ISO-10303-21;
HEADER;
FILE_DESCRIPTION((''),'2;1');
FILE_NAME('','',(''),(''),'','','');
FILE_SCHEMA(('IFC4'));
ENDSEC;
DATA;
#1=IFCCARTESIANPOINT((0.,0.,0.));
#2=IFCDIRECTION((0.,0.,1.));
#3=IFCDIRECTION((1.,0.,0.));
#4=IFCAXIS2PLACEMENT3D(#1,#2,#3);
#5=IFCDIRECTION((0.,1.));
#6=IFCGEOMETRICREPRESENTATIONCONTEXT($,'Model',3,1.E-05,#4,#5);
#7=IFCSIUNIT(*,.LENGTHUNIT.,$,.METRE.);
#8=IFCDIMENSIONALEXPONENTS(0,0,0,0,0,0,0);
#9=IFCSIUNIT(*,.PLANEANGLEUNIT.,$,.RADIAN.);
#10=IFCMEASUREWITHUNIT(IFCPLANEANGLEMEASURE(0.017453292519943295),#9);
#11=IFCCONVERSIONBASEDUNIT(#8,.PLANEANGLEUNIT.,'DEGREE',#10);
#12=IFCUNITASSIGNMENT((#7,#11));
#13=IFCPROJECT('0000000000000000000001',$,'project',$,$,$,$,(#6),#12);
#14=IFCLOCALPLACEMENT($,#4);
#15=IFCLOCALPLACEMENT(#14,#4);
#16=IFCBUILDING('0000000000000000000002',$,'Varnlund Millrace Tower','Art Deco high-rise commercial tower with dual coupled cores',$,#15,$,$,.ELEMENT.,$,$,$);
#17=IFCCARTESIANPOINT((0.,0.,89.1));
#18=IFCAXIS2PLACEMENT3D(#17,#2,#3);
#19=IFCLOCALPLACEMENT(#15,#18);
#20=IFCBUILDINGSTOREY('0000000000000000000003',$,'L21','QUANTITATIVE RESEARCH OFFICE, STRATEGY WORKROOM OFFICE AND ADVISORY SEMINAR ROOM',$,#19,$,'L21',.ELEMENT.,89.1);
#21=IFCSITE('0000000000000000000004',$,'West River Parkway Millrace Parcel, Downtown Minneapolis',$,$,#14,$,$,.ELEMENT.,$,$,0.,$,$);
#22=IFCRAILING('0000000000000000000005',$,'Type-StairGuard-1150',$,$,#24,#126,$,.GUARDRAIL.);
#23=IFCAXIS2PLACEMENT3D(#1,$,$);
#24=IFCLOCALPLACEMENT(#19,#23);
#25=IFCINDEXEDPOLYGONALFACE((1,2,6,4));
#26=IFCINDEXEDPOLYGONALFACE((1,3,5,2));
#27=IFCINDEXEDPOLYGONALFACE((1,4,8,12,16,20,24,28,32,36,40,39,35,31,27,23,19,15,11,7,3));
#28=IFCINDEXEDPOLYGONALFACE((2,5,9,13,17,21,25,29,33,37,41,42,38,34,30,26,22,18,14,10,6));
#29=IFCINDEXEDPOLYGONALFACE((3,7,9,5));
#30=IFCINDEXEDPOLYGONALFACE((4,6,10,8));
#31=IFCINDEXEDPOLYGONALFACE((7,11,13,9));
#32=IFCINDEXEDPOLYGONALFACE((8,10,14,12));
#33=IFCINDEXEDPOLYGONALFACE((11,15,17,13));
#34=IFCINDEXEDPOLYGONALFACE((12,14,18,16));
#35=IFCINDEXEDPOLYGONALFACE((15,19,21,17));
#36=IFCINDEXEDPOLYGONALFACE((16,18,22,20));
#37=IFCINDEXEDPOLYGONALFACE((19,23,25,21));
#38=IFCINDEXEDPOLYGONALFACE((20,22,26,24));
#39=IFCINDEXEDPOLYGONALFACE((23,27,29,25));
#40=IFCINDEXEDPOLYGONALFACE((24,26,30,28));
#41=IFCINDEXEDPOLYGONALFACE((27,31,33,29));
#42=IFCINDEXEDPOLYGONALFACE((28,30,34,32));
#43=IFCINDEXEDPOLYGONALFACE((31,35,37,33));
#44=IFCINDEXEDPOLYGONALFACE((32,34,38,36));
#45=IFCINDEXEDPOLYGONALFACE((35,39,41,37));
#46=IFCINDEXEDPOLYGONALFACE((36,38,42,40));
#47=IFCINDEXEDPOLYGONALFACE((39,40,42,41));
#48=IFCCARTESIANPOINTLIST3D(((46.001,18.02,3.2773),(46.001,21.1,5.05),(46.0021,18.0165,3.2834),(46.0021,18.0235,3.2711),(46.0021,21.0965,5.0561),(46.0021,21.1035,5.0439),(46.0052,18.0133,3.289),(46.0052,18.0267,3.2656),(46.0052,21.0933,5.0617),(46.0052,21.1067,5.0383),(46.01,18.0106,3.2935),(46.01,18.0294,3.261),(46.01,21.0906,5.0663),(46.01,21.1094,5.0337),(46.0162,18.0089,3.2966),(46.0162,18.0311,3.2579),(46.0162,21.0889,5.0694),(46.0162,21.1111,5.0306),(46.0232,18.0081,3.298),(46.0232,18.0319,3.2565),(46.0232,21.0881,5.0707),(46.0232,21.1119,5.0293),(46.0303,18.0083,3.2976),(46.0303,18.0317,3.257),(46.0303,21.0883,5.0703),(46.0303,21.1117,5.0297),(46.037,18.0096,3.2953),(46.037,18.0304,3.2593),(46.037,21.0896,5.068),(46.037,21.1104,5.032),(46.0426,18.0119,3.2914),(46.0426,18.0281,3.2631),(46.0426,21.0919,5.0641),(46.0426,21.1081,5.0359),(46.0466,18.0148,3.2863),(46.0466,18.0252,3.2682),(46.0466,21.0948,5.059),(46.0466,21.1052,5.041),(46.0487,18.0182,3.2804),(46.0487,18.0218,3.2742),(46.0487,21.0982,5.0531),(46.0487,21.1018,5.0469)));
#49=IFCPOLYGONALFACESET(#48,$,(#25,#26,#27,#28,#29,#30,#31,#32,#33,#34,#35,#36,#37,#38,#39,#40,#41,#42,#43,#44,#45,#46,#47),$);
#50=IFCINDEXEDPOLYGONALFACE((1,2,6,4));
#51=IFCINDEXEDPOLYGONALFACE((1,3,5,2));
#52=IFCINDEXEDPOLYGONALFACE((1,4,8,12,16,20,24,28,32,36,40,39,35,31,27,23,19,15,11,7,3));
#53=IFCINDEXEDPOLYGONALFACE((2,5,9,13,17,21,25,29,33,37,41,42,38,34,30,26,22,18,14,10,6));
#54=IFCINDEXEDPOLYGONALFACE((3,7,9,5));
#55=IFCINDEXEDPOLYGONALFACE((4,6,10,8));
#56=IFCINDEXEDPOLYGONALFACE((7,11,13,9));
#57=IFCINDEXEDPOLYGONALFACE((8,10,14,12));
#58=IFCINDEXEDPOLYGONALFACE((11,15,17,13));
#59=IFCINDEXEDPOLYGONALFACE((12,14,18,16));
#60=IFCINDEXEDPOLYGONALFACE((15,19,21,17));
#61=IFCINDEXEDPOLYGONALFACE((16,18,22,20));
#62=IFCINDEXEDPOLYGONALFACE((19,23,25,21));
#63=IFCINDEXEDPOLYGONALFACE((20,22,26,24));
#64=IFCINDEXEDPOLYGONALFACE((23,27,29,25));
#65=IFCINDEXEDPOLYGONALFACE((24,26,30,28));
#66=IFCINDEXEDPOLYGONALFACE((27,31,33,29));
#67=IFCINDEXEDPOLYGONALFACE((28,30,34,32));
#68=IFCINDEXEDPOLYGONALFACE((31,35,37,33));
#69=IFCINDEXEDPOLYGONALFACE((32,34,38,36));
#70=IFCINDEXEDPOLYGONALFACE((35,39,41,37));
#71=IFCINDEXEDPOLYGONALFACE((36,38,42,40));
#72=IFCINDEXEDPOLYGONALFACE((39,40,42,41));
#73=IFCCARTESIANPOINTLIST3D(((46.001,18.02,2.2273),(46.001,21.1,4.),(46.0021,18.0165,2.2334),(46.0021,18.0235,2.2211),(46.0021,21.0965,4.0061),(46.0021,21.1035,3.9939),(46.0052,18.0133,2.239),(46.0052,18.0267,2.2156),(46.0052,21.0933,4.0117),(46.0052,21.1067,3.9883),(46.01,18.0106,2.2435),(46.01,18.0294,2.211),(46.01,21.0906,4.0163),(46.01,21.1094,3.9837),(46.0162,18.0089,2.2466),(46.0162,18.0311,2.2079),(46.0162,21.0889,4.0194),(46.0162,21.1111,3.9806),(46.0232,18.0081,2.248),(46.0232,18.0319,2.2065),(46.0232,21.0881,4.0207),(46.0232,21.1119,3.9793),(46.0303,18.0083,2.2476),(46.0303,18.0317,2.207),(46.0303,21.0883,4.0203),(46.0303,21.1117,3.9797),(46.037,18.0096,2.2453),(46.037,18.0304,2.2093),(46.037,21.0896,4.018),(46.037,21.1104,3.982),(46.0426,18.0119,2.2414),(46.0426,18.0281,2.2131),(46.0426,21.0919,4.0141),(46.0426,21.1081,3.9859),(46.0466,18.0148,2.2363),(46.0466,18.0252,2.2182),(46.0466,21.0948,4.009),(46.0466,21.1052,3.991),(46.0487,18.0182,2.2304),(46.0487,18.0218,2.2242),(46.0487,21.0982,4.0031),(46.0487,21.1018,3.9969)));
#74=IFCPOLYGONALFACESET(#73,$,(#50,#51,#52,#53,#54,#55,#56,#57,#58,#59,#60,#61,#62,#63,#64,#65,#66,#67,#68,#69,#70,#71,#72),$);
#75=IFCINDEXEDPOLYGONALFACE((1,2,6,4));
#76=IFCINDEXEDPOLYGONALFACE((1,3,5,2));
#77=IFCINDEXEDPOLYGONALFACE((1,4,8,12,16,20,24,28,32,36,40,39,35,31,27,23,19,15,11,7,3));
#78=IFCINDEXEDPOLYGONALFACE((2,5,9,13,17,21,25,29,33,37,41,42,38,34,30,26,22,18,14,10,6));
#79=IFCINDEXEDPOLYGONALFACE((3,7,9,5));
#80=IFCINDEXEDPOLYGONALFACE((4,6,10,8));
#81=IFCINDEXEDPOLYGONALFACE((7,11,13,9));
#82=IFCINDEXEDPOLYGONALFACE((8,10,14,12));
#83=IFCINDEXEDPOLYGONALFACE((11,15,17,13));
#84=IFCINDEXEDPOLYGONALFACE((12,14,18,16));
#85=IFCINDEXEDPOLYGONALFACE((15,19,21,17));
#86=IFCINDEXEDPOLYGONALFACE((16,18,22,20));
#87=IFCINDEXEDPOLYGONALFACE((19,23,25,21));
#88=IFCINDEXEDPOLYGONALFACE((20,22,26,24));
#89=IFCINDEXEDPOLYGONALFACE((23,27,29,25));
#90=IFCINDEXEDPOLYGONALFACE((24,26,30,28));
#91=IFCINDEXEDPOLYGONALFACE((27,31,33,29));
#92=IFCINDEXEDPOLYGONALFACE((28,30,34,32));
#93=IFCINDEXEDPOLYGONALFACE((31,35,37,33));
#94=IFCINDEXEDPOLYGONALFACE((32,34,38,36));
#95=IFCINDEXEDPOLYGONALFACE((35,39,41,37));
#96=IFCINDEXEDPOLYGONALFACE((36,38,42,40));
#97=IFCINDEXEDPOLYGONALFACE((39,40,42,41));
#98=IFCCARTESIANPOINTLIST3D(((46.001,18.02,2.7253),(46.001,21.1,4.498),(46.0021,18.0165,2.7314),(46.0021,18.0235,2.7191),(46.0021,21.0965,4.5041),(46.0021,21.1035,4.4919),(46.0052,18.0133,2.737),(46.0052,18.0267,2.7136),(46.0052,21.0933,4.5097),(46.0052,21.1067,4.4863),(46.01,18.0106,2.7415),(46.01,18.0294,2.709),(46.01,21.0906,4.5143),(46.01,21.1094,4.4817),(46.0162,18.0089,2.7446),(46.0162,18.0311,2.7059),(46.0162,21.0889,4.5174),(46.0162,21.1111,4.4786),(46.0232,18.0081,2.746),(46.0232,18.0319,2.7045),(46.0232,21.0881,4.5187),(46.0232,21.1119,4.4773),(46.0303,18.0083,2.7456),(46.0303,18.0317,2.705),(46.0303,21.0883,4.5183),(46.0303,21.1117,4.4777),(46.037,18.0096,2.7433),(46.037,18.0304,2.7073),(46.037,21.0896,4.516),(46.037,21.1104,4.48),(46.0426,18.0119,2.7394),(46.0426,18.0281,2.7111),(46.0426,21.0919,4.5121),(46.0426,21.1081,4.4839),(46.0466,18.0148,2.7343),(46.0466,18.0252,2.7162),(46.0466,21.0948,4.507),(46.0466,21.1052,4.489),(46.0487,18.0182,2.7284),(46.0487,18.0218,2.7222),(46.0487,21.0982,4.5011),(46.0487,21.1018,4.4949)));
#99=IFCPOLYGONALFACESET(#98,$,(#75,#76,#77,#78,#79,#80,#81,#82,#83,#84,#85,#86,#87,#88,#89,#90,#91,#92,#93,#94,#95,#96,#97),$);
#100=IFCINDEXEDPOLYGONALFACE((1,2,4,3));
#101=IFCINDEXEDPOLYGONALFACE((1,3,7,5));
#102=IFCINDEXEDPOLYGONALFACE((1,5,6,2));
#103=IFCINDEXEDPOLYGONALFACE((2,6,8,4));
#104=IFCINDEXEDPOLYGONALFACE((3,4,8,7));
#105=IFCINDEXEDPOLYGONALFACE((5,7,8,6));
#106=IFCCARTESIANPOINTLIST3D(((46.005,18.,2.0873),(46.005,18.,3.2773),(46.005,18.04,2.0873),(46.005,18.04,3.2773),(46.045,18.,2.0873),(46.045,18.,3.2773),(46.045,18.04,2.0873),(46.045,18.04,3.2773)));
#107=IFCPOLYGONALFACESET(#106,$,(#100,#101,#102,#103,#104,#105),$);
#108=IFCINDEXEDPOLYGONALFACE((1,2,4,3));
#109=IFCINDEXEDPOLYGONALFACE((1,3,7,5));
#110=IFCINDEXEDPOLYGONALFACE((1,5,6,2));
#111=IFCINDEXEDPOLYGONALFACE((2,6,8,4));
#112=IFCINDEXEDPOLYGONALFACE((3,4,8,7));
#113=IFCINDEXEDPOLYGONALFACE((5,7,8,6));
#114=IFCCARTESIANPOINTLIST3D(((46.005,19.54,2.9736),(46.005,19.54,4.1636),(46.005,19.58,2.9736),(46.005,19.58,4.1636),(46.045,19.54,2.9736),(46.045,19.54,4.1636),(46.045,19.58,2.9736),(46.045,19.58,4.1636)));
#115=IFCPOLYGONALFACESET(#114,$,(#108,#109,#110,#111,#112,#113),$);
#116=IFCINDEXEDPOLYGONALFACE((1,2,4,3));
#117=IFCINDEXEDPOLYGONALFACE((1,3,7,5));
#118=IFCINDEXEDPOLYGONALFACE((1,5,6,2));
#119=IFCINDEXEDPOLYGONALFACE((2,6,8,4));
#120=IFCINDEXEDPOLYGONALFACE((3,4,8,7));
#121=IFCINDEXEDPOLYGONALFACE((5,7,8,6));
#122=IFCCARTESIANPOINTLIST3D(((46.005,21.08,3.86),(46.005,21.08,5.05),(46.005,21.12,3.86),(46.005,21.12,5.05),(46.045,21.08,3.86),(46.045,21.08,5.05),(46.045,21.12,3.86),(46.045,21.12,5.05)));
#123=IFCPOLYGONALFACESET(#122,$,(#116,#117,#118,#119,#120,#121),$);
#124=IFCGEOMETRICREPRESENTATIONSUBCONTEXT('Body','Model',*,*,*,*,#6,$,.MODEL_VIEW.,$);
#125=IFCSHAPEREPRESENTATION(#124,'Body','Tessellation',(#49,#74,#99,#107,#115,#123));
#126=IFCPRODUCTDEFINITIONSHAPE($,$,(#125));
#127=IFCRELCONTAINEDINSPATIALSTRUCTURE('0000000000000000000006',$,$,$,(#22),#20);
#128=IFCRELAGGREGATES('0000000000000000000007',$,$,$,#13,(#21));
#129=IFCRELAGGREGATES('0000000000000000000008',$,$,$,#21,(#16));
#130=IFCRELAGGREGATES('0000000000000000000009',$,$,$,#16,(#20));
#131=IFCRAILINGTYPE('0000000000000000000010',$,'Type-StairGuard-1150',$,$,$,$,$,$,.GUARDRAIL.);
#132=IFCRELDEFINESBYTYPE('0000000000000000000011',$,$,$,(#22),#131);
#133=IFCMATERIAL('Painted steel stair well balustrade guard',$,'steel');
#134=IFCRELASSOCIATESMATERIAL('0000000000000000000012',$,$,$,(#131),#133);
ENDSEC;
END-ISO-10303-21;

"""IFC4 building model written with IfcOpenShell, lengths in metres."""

from ifc_helpers import new_model, entity, si_unit, converted_unit, direction, frame, origin_with_axes, origin_2d_with_axis, place, context, subcontext, project, spatial, rectangle, circle, extrude, material, type_object, element, save


model = new_model("IFC4")

# Units and contexts
model_context = context("Model", 3, precision=1e-05, world=origin_with_axes(), true_north=direction((0.0, 1.0)))
body_context = subcontext(model_context, "Body", "Model", "MODEL_VIEW")
ifc_project = project(units=[si_unit("LENGTHUNIT", "METRE"), converted_unit("PLANEANGLEUNIT", "DEGREE", entity("IfcPlaneAngleMeasure", 0.017453292519943295), si_unit("PLANEANGLEUNIT", "RADIAN"), dimensions=[0, 0, 0, 0, 0, 0, 0])], contexts=[model_context])

# Site, building, storey
site_placement = place(None, origin_with_axes())
site = spatial("IfcSite", under=ifc_project, at=site_placement, Name="West River Parkway Millrace Parcel, Downtown Minneapolis", CompositionType="ELEMENT", RefElevation=0.0)
building_placement = place(site_placement, origin_with_axes())
building = spatial("IfcBuilding", under=site, at=building_placement, Name="Varnlund Millrace Tower", Description="Art Deco high-rise commercial tower with dual coupled cores", CompositionType="ELEMENT")
storey_placement = place(building_placement, frame((0.0, 0.0, 89.1), z_axis=(0.0, 0.0, 1.0), x_axis=(1.0, 0.0, 0.0)))
storey = spatial("IfcBuildingStorey", under=building, at=storey_placement, Name="L21", Description="QUANTITATIVE RESEARCH OFFICE, STRATEGY WORKROOM OFFICE AND ADVISORY SEMINAR ROOM", LongName="L21", CompositionType="ELEMENT", Elevation=89.1)

# Railing
ifc_material_1 = material(Name="Painted steel stair well balustrade guard", Category="steel")
railing_type_1 = type_object("IfcRailingType", Name="Type-StairGuard-1150", PredefinedType="GUARDRAIL", material=ifc_material_1)
railing_1_placement = place(storey_placement, frame((0.0, 0.0, -89.1), z_axis=(0.0, 0.0, 1.0), x_axis=(1.0, 0.0, 0.0)))
element("IfcRailing", 1, at=railing_1_placement, inside=storey, type_object=railing_type_1, Name="Type-StairGuard-1150", PredefinedType="GUARDRAIL", context=body_context, shape_type="SweptSolid", body=[
    extrude(circle(Radius=0.024, at=origin_2d_with_axis()), frame((46.025, 18.02, 92.3773), z_axis=(0.0, 0.866696, 0.498836), x_axis=(-1.0, 0.0, 0.0)), (0.0, 0.0, 1.0), 3.5537),
    extrude(circle(Radius=0.024, at=origin_2d_with_axis()), frame((46.025, 18.02, 91.3273), z_axis=(0.0, 0.866696, 0.498836), x_axis=(-1.0, 0.0, 0.0)), (0.0, 0.0, 1.0), 3.5537),
    extrude(circle(Radius=0.024, at=origin_2d_with_axis()), frame((46.025, 18.02, 91.8253), z_axis=(0.0, 0.866696, 0.498836), x_axis=(-1.0, 0.0, 0.0)), (0.0, 0.0, 1.0), 3.5537),
    extrude(rectangle(XDim=0.04, YDim=0.04, at=origin_2d_with_axis()), frame((46.025, 18.02, 91.1873), z_axis=(0.0, 0.0, 1.0), x_axis=(1.0, 0.0, 0.0)), (0.0, 0.0, 1.0), 1.19),
    extrude(rectangle(XDim=0.04, YDim=0.04, at=origin_2d_with_axis()), frame((46.025, 19.56, 92.0736), z_axis=(0.0, 0.0, 1.0), x_axis=(1.0, 0.0, 0.0)), (0.0, 0.0, 1.0), 1.19),
    extrude(rectangle(XDim=0.04, YDim=0.04, at=origin_2d_with_axis()), frame((46.025, 21.1, 92.96), z_axis=(0.0, 0.0, 1.0), x_axis=(1.0, 0.0, 0.0)), (0.0, 0.0, 1.0), 1.19),
])

save(model, "model.ifc")
